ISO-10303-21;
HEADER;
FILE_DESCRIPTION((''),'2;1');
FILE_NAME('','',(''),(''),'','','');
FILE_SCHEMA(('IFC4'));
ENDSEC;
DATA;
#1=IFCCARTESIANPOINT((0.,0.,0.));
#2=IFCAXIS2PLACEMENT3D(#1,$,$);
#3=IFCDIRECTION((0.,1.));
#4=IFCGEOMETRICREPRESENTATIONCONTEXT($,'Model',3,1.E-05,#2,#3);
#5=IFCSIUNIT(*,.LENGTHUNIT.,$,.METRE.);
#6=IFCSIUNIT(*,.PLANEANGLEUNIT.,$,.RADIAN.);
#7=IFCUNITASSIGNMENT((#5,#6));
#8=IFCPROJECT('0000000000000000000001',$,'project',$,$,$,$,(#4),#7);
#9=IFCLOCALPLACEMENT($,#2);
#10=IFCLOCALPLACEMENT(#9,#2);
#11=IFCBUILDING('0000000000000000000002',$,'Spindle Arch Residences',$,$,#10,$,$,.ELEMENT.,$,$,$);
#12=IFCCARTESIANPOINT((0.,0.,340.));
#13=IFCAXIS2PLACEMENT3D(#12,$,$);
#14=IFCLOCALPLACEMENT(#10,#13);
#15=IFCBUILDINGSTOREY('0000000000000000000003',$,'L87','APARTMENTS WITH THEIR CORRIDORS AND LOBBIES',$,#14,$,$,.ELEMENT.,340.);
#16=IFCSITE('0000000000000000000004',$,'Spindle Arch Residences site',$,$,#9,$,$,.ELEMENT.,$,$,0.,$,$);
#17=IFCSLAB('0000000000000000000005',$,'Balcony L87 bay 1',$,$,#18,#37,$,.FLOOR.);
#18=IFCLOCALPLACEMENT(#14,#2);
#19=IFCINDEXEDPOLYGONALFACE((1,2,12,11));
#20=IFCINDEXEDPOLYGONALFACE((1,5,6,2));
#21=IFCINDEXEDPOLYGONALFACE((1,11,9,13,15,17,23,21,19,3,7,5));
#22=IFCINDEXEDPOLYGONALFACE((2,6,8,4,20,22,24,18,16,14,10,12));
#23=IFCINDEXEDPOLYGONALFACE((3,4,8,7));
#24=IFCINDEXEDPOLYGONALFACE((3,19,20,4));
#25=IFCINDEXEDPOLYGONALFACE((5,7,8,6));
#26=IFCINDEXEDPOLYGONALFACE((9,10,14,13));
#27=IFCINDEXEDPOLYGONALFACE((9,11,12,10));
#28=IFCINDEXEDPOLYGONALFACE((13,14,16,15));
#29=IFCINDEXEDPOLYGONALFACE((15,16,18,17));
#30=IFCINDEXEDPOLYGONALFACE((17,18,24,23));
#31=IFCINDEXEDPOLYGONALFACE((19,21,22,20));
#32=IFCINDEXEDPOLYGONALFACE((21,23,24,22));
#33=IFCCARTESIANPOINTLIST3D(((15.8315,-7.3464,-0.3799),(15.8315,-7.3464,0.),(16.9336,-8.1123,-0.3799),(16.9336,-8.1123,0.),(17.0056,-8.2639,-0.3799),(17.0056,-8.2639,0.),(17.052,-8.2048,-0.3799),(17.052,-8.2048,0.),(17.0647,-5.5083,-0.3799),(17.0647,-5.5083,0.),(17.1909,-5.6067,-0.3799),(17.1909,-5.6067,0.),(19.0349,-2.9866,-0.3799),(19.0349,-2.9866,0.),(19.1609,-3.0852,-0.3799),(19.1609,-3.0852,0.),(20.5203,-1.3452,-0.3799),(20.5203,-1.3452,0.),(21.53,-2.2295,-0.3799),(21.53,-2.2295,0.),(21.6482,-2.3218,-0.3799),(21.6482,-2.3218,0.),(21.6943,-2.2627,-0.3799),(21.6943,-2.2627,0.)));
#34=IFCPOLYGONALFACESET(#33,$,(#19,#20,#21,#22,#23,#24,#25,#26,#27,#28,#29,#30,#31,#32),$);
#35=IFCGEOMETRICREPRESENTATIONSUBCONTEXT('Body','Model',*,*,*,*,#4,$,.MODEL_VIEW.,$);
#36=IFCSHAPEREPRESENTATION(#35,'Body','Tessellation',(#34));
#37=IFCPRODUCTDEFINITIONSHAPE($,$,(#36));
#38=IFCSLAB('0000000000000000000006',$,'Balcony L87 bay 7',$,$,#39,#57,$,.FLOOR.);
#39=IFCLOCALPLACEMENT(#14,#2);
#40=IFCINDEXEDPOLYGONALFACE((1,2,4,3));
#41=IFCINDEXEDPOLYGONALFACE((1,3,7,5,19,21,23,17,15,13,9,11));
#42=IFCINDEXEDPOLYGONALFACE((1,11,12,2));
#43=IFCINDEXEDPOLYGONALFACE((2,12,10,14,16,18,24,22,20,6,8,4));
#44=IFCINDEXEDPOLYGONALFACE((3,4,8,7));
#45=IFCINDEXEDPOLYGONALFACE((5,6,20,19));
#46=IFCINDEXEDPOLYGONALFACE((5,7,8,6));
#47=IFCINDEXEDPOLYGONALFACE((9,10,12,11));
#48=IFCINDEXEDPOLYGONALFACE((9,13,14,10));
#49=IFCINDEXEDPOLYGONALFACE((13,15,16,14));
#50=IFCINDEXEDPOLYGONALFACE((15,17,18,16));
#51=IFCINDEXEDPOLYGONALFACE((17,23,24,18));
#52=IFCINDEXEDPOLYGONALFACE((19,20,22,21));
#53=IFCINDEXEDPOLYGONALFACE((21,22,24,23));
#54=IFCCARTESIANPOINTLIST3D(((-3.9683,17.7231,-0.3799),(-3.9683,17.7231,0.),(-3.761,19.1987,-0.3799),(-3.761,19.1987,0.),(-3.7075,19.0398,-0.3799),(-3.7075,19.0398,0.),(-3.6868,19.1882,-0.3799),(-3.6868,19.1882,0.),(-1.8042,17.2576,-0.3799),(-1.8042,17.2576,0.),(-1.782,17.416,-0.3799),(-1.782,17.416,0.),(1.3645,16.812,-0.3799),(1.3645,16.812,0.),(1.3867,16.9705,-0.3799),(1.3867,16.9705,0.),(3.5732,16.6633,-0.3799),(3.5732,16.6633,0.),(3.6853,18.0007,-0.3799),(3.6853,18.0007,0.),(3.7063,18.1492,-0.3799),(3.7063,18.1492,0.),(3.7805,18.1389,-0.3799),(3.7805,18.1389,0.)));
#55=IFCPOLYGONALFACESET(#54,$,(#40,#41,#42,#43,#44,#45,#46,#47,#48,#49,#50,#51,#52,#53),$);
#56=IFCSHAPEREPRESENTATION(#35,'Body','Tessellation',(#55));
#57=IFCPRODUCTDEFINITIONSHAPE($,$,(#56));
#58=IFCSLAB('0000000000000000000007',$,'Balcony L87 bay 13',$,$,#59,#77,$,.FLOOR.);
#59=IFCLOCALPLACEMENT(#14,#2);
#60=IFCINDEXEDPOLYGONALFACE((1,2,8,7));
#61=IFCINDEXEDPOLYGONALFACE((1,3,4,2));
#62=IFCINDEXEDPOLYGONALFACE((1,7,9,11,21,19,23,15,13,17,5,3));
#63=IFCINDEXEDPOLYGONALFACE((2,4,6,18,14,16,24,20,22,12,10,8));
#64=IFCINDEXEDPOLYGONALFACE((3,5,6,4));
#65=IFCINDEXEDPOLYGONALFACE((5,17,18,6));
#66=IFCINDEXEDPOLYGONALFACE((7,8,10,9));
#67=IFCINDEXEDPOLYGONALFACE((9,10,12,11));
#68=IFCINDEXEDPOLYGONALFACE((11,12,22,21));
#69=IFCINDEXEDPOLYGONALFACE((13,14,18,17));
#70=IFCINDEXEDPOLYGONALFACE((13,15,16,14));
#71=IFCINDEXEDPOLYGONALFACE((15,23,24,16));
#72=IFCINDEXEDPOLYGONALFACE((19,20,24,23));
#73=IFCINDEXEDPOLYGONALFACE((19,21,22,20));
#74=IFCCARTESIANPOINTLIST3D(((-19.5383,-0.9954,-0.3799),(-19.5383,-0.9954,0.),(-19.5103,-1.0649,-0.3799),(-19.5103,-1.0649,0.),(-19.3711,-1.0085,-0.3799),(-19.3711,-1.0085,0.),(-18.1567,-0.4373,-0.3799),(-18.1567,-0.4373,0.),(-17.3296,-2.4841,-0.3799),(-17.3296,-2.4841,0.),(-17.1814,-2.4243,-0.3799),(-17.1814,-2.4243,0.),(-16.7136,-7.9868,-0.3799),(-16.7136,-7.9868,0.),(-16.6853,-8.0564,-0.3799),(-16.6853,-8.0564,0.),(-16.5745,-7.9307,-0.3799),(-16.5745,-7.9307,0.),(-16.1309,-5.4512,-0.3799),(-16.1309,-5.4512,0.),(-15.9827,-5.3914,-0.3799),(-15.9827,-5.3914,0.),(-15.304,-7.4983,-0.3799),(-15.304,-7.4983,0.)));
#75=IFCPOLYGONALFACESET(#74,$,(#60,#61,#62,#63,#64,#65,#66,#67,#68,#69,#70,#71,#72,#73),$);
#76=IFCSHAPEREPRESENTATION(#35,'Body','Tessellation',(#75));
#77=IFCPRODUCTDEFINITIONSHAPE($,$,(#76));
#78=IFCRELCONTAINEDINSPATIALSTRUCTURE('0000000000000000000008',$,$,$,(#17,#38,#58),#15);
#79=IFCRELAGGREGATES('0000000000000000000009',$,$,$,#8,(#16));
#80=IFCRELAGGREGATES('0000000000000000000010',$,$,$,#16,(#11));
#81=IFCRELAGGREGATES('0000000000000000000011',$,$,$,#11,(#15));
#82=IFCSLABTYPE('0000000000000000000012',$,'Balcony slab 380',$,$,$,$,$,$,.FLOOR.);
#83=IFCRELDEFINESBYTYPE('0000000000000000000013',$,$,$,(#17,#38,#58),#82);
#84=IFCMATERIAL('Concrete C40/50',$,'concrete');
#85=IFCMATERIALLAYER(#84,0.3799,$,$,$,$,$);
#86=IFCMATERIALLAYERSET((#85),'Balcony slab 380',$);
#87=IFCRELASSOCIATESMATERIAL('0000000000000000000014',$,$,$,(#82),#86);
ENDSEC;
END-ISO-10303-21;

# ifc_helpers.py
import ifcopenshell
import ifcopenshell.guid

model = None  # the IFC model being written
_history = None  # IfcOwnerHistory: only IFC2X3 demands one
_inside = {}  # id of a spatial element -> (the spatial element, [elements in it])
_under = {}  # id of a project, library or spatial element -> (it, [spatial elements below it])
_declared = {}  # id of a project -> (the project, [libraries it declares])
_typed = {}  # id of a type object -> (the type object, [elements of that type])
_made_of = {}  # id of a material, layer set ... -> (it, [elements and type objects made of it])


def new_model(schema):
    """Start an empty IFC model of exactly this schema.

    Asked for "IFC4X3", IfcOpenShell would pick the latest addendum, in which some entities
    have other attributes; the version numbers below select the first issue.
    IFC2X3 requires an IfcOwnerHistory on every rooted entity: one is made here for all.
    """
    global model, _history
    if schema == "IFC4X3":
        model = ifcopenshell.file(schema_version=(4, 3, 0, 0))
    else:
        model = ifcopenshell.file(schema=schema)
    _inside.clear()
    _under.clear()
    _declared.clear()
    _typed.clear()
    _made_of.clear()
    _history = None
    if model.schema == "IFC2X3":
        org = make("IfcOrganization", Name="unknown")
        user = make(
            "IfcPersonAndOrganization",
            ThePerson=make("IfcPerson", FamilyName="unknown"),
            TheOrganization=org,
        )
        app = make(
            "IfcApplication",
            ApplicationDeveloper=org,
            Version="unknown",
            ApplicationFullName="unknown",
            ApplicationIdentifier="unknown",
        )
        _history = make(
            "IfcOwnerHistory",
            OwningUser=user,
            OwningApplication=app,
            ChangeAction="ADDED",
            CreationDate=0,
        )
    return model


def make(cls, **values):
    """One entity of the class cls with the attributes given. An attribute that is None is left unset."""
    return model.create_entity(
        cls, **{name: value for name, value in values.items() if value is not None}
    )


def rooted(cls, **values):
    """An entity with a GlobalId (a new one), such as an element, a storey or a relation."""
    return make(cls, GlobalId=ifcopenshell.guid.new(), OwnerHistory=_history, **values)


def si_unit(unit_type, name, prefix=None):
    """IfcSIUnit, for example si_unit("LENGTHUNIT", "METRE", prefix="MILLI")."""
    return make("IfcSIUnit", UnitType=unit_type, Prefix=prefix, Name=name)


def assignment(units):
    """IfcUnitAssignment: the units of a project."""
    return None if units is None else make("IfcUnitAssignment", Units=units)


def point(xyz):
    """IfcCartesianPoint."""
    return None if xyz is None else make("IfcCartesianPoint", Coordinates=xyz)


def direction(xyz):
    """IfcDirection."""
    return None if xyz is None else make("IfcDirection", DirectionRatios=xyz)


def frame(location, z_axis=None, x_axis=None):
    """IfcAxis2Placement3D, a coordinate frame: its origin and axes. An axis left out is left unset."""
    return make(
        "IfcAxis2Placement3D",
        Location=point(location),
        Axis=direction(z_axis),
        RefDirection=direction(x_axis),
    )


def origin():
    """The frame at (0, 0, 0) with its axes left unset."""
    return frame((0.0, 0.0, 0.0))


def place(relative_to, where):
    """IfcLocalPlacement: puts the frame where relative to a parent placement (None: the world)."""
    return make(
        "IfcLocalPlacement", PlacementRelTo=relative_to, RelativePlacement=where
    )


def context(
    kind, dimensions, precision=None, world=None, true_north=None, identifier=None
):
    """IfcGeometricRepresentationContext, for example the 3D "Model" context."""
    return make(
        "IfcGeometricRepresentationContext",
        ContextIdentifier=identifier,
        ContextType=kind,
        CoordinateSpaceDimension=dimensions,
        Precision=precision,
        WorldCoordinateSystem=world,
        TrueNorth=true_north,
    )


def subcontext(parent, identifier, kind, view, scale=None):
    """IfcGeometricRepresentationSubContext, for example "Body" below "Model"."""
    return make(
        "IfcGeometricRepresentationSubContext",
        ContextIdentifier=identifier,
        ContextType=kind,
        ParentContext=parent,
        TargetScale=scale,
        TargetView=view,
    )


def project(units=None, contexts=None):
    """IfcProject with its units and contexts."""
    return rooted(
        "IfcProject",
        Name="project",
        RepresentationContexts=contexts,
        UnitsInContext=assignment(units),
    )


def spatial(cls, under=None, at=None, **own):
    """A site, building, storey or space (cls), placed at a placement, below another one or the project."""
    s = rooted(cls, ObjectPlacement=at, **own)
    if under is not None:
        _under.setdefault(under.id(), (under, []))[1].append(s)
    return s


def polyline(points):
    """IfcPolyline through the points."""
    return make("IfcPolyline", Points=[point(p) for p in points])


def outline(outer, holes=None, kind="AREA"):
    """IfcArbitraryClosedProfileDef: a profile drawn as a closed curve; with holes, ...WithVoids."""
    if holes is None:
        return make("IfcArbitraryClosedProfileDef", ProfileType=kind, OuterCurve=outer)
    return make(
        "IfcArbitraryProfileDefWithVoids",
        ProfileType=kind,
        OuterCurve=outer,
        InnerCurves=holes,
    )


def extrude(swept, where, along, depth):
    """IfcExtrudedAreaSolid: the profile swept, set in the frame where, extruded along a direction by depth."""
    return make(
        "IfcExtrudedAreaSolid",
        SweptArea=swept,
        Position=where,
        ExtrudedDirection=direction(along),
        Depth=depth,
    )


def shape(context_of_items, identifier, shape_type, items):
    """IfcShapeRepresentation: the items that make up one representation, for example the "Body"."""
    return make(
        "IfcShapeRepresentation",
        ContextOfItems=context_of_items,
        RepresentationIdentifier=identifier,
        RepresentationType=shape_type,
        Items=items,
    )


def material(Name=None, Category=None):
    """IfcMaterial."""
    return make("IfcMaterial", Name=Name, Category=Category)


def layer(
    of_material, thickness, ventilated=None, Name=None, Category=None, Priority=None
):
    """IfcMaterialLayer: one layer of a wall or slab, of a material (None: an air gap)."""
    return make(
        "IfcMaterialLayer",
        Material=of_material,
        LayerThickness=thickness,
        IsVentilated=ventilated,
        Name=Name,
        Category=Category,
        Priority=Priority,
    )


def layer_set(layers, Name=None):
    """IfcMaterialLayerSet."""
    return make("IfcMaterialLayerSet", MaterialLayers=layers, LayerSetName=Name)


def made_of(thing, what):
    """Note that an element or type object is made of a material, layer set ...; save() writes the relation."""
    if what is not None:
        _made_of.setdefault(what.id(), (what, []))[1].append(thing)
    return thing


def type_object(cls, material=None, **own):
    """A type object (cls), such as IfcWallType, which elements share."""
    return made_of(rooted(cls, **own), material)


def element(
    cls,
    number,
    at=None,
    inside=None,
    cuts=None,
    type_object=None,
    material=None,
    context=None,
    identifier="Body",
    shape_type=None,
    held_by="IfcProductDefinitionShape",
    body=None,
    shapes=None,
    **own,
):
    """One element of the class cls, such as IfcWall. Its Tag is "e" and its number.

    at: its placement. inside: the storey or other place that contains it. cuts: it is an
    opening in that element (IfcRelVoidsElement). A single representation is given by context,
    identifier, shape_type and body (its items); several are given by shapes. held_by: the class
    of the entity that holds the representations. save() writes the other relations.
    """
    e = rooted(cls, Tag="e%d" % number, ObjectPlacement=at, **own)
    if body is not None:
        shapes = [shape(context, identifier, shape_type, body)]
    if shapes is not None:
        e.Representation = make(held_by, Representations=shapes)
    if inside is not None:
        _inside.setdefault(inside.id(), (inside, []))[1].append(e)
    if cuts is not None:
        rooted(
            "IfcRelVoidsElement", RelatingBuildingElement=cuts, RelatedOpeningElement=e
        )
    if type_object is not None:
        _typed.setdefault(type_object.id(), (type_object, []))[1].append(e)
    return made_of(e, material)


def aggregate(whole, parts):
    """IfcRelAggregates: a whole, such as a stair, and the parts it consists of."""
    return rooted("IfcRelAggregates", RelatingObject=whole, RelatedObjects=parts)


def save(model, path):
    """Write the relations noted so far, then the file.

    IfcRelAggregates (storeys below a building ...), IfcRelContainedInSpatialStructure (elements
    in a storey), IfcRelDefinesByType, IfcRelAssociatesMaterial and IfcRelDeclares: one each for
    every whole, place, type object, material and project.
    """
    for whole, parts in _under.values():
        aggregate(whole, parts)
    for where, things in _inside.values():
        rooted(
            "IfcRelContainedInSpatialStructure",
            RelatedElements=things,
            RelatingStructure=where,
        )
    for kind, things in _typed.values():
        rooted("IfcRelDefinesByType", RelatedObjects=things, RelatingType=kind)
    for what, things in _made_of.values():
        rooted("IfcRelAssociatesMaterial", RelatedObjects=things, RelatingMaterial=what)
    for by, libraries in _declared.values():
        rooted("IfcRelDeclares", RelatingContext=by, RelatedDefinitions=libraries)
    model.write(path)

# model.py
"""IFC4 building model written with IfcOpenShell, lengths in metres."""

from ifc_helpers import new_model, si_unit, direction, frame, origin, place, context, subcontext, project, spatial, polyline, outline, extrude, material, layer, layer_set, type_object, element, save


model = new_model("IFC4")

# Units and contexts
model_context = context("Model", 3, precision=1e-05, world=origin(), true_north=direction((0.0, 1.0)))
body_context = subcontext(model_context, "Body", "Model", "MODEL_VIEW")
ifc_project = project(units=[si_unit("LENGTHUNIT", "METRE"), si_unit("PLANEANGLEUNIT", "RADIAN")], contexts=[model_context])

# Site, building, storey
site_placement = place(None, origin())
site = spatial("IfcSite", under=ifc_project, at=site_placement, Name="Spindle Arch Residences site", CompositionType="ELEMENT", RefElevation=0.0)
building_placement = place(site_placement, origin())
building = spatial("IfcBuilding", under=site, at=building_placement, Name="Spindle Arch Residences", CompositionType="ELEMENT")
storey_placement = place(building_placement, frame((0.0, 0.0, 340.0)))
storey = spatial("IfcBuildingStorey", under=building, at=storey_placement, Name="L87", Description="APARTMENTS WITH THEIR CORRIDORS AND LOBBIES", CompositionType="ELEMENT", Elevation=340.0)

# Slabs
ifc_material_1 = material(Name="Concrete C40/50", Category="concrete")
ifc_layer_1 = layer(ifc_material_1, 0.3799)
ifc_layer_set_1 = layer_set([ifc_layer_1], Name="Balcony slab 380")
slab_type_1 = type_object("IfcSlabType", Name="Balcony slab 380", PredefinedType="FLOOR", material=ifc_layer_set_1)
slab_1_placement = place(storey_placement, frame((0.0, 0.0, -0.3799)))
element("IfcSlab", 1, at=slab_1_placement, inside=storey, type_object=slab_type_1, Name="Balcony L87 bay 1", PredefinedType="FLOOR", context=body_context, shape_type="SweptSolid", body=[
    extrude(outline(polyline([(17.0056, -8.2639), (17.052, -8.2048), (16.9336, -8.1123), (21.53, -2.2295), (21.6482, -2.3218), (21.6943, -2.2627), (20.5203, -1.3452), (19.1609, -3.0852), (19.0349, -2.9866), (17.0647, -5.5083), (17.1909, -5.6067), (15.8315, -7.3464), (17.0056, -8.2639)])), origin(), (0.0, 0.0, 1.0), 0.3799),
])
slab_2_placement = place(storey_placement, frame((0.0, 0.0, -0.3799)))
element("IfcSlab", 2, at=slab_2_placement, inside=storey, type_object=slab_type_1, Name="Balcony L87 bay 7", PredefinedType="FLOOR", context=body_context, shape_type="SweptSolid", body=[
    extrude(outline(polyline([(3.7805, 18.1389), (3.7063, 18.1492), (3.6853, 18.0007), (-3.7075, 19.0398), (-3.6868, 19.1882), (-3.761, 19.1987), (-3.9683, 17.7231), (-1.782, 17.416), (-1.8042, 17.2576), (1.3645, 16.812), (1.3867, 16.9705), (3.5732, 16.6633), (3.7805, 18.1389)])), origin(), (0.0, 0.0, 1.0), 0.3799),
])
slab_3_placement = place(storey_placement, frame((0.0, 0.0, -0.3799)))
element("IfcSlab", 3, at=slab_3_placement, inside=storey, type_object=slab_type_1, Name="Balcony L87 bay 13", PredefinedType="FLOOR", context=body_context, shape_type="SweptSolid", body=[
    extrude(outline(polyline([(-19.5383, -0.9954), (-19.5103, -1.0649), (-19.3711, -1.0085), (-16.5745, -7.9307), (-16.7136, -7.9868), (-16.6853, -8.0564), (-15.304, -7.4983), (-16.1309, -5.4512), (-15.9827, -5.3914), (-17.1814, -2.4243), (-17.3296, -2.4841), (-18.1567, -0.4373), (-19.5383, -0.9954)])), origin(), (0.0, 0.0, 1.0), 0.3799),
])

save(model, "model.ifc")
